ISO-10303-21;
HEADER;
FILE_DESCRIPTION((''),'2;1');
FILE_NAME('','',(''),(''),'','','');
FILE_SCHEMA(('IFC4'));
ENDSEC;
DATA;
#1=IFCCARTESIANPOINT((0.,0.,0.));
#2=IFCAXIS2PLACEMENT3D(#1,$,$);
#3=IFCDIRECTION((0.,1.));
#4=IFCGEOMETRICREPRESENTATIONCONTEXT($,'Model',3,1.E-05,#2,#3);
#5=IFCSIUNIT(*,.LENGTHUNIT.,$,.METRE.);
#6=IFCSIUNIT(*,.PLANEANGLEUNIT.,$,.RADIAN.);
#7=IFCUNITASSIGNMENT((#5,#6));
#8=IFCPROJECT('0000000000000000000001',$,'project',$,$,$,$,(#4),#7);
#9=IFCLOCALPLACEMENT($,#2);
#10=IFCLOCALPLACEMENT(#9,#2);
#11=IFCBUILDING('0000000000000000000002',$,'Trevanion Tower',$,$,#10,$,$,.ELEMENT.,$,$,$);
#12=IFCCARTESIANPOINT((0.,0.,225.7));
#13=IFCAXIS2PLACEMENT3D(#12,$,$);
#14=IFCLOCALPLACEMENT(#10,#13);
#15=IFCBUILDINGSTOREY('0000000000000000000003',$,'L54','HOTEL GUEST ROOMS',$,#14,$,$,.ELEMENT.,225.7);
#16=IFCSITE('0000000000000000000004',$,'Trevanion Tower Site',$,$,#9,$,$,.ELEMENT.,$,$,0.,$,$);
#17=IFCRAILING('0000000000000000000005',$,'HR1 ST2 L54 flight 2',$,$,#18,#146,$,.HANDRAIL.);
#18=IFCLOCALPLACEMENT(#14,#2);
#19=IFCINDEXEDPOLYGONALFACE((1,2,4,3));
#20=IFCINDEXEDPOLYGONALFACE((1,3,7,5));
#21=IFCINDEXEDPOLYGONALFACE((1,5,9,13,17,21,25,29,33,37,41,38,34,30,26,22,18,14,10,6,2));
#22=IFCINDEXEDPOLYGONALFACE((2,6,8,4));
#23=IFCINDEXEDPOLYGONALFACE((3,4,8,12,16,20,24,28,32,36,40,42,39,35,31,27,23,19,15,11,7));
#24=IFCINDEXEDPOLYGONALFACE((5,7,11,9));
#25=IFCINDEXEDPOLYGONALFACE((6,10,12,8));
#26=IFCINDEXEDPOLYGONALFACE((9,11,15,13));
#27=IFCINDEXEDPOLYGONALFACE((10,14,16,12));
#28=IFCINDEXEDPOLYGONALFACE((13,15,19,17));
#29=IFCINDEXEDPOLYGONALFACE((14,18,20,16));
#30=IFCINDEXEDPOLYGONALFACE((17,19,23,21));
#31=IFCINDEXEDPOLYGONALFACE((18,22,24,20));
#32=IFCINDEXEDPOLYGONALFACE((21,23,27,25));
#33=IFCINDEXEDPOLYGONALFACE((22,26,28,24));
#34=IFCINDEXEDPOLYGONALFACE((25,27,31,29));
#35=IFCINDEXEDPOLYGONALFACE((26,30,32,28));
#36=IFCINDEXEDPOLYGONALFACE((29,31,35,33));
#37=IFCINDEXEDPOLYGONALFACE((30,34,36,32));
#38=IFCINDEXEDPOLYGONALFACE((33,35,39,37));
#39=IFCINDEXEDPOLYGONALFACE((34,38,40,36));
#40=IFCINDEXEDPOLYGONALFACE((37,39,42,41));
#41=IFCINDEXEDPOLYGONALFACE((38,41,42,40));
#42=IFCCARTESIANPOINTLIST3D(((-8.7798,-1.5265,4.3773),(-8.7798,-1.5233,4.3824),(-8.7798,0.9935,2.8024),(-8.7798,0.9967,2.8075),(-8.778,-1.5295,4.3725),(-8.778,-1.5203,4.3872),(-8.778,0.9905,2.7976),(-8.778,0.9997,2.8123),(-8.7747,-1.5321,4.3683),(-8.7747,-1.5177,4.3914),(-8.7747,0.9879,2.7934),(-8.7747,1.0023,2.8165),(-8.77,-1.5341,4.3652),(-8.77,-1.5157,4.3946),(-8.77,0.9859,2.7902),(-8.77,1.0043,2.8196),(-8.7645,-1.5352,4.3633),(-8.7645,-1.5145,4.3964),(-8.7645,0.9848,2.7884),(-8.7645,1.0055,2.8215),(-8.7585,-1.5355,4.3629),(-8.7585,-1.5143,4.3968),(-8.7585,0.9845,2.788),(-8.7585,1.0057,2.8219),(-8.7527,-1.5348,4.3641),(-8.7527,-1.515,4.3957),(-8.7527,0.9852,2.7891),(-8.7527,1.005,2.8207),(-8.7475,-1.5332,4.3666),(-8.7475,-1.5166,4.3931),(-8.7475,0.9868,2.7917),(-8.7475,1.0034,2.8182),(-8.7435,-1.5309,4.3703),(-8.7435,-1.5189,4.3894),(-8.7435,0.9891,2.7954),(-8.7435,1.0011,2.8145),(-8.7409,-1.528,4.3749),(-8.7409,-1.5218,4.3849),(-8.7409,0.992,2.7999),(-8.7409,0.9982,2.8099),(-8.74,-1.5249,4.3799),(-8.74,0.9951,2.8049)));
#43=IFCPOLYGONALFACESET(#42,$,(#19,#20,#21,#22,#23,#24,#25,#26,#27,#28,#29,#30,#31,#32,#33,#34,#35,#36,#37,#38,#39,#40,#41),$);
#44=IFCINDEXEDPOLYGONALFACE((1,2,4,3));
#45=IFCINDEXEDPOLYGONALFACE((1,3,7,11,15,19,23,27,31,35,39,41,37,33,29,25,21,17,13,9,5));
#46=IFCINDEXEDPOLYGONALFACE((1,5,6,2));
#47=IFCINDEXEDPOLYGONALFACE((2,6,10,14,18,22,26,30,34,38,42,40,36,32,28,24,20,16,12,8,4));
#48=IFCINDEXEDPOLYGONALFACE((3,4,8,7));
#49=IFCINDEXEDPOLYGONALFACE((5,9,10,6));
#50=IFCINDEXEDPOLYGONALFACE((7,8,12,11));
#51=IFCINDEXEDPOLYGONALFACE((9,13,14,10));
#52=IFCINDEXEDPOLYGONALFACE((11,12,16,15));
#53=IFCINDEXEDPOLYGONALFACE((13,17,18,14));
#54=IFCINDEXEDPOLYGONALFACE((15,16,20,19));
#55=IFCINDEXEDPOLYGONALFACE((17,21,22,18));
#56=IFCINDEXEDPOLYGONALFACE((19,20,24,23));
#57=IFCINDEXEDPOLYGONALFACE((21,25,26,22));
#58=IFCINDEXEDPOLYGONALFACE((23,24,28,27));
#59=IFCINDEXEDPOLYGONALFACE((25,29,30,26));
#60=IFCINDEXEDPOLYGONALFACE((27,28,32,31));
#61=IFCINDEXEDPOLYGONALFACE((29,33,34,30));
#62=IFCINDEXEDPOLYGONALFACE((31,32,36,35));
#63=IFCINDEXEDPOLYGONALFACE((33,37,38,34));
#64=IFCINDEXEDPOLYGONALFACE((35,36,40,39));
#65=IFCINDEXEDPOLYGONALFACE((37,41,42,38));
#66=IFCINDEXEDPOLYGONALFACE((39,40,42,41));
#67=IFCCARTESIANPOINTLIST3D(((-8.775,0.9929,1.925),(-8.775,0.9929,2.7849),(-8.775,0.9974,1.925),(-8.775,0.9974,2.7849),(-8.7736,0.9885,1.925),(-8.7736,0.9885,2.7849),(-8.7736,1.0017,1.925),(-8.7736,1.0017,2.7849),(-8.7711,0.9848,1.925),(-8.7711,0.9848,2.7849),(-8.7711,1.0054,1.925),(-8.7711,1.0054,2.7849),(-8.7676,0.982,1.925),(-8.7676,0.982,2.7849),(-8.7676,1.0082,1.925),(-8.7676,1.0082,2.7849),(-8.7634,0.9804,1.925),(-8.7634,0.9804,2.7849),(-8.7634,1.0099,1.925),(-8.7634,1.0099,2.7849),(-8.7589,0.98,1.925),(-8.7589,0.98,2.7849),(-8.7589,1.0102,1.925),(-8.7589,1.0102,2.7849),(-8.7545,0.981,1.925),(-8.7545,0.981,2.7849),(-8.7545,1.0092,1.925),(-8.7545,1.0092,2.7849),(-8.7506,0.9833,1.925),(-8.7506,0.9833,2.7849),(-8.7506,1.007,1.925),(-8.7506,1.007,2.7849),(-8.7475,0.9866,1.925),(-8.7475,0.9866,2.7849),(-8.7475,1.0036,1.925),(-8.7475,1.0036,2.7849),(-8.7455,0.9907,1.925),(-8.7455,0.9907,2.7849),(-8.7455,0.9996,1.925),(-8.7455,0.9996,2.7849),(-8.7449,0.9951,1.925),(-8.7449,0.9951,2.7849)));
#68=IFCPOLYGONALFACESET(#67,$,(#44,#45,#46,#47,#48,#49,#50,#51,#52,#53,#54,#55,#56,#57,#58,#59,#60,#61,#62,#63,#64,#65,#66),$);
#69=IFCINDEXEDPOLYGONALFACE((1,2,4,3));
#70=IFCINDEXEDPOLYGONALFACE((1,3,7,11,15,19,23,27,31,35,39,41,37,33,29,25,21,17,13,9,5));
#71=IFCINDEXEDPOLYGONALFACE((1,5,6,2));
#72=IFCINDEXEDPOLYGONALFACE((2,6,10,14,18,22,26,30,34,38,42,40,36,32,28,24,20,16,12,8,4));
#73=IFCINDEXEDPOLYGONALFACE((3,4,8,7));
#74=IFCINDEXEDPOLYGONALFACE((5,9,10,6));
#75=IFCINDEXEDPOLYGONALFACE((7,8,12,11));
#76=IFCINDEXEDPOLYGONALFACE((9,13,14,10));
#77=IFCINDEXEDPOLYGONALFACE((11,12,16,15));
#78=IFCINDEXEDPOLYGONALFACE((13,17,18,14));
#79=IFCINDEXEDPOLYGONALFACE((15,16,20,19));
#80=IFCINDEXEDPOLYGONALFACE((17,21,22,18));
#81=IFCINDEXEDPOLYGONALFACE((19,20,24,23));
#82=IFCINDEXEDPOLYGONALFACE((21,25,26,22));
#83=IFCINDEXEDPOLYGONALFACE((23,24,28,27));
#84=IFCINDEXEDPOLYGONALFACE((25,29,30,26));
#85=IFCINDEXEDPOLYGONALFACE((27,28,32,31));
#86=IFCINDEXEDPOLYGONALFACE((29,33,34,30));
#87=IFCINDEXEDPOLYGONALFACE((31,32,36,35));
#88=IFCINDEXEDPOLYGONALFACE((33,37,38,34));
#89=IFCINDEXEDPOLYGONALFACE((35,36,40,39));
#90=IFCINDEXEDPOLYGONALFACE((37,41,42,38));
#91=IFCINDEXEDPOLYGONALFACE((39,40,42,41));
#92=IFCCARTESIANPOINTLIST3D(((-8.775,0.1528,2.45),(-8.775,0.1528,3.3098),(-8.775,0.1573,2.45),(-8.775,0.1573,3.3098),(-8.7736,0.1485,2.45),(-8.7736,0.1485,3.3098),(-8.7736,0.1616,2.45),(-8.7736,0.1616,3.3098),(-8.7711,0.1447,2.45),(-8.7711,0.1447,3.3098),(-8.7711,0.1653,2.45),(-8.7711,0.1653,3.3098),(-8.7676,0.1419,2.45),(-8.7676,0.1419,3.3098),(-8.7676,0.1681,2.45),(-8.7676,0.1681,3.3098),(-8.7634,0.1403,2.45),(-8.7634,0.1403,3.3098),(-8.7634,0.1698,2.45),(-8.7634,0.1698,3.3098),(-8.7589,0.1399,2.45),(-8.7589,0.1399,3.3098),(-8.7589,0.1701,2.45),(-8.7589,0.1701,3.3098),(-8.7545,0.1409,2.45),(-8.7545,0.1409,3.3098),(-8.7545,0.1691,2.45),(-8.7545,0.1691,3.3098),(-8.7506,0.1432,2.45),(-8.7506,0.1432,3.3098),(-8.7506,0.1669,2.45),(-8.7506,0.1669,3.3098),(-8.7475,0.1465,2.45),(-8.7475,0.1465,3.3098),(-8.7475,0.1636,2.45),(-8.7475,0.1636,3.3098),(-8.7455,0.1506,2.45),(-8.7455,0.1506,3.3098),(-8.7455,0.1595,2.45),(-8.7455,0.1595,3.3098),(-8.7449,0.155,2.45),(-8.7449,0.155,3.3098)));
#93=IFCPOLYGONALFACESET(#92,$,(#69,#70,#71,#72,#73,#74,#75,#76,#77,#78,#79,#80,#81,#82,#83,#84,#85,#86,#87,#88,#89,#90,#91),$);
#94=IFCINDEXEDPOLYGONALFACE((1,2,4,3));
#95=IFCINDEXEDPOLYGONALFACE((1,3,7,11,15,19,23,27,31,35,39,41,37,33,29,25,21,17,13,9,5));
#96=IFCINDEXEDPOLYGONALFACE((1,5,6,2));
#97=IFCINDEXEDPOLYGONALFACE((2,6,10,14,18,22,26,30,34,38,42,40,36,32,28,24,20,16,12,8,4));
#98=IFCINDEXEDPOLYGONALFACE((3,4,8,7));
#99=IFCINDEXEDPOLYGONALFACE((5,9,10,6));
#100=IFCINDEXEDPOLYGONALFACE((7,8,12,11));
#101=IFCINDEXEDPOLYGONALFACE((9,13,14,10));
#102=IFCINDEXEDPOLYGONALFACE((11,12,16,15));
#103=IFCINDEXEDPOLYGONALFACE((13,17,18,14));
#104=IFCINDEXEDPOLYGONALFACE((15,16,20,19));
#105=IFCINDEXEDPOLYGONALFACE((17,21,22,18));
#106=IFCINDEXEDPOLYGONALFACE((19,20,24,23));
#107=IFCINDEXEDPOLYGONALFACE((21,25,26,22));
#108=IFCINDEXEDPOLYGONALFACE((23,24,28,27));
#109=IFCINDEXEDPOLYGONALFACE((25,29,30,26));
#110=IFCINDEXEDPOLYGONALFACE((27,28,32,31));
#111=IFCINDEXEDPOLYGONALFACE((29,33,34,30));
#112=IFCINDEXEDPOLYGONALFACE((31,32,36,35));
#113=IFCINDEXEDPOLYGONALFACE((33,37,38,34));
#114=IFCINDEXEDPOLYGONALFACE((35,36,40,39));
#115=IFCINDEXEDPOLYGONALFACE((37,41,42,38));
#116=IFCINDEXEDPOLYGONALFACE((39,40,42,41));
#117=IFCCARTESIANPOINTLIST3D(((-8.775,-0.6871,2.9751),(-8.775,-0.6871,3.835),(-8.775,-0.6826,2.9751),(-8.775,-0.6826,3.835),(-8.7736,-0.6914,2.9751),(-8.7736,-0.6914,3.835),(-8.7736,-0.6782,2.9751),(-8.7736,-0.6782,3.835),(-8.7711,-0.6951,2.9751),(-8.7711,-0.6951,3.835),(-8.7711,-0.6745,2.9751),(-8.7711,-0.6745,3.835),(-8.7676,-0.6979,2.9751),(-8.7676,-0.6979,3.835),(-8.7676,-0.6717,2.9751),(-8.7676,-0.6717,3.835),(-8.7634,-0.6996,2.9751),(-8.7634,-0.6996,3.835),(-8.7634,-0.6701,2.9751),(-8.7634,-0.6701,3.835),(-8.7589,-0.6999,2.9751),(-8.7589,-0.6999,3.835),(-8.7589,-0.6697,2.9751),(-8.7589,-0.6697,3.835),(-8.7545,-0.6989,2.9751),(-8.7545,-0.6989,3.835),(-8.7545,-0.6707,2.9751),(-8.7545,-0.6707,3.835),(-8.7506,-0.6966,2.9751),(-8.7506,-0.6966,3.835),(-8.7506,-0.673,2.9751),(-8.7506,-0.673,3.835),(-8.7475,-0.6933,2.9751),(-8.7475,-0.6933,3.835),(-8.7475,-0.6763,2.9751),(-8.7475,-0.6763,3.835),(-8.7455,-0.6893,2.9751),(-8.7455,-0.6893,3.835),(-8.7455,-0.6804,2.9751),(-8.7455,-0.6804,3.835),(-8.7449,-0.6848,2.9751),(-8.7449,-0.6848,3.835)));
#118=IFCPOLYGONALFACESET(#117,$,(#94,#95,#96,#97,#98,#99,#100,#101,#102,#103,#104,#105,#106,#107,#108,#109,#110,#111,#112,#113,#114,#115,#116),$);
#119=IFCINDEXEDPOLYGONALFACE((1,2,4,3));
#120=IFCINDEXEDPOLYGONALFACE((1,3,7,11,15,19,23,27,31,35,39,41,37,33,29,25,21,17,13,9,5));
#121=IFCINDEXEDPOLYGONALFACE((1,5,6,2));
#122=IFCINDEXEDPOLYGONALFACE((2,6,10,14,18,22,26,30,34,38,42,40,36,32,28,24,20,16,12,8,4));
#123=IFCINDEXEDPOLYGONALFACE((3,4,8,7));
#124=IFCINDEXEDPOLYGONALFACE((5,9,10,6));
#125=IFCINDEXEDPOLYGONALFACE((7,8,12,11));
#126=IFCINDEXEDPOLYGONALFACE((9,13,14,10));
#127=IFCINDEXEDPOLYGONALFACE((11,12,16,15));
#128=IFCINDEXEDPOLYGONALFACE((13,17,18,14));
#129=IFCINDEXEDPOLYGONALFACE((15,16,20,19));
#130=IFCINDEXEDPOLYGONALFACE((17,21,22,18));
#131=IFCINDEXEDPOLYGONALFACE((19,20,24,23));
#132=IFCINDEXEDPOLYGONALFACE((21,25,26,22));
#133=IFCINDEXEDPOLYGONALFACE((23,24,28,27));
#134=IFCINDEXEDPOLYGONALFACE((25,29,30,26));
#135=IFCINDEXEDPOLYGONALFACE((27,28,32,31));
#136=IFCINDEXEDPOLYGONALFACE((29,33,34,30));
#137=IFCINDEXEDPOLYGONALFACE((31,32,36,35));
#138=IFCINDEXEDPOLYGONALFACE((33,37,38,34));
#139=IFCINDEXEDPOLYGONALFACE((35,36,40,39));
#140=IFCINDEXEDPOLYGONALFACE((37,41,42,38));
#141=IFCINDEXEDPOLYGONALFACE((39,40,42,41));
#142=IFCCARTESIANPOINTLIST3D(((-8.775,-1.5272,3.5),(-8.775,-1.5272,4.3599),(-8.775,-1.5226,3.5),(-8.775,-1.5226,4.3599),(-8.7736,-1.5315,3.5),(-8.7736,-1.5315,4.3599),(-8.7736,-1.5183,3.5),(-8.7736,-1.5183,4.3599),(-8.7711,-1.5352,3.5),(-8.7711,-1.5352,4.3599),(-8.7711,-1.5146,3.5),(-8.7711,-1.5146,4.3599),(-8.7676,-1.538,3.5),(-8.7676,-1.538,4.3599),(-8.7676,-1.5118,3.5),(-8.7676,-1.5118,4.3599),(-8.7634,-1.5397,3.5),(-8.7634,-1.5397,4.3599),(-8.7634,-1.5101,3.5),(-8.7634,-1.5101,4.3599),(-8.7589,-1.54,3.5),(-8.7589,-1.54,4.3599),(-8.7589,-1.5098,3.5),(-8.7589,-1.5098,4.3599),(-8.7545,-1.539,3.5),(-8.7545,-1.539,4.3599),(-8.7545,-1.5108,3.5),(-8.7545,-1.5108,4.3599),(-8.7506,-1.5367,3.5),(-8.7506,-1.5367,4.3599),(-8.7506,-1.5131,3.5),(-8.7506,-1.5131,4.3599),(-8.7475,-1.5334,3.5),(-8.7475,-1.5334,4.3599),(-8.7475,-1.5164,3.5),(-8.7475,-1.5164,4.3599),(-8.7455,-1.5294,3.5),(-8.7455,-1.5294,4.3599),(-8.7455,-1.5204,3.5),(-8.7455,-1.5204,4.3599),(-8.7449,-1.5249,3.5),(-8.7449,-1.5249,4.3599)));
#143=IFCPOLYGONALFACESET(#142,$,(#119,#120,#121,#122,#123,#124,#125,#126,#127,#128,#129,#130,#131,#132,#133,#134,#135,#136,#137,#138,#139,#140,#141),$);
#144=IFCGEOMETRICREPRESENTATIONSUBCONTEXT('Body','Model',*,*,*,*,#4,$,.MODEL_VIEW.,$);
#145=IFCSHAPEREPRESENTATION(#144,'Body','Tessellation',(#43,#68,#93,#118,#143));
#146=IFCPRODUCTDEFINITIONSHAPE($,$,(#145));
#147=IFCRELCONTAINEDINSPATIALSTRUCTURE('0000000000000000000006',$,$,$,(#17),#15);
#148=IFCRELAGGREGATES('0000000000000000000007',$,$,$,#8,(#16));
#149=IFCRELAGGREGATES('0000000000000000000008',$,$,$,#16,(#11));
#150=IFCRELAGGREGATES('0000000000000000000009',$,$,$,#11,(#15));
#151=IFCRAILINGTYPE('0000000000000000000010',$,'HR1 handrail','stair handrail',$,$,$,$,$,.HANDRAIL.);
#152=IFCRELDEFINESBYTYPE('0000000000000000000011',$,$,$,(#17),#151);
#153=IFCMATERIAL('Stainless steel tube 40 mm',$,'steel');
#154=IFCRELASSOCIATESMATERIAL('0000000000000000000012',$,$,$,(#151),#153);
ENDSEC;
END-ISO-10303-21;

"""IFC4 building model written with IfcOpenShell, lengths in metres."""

from ifc_helpers import new_model, si_unit, direction, frame, origin, origin_2d, place, context, subcontext, project, spatial, circle, extrude, material, type_object, element, save


model = new_model("IFC4")

# Units and contexts
model_context = context("Model", 3, precision=1e-05, world=origin(), true_north=direction((0.0, 1.0)))
body_context = subcontext(model_context, "Body", "Model", "MODEL_VIEW")
ifc_project = project(units=[si_unit("LENGTHUNIT", "METRE"), si_unit("PLANEANGLEUNIT", "RADIAN")], contexts=[model_context])

# Site, building, storey
site_placement = place(None, origin())
site = spatial("IfcSite", under=ifc_project, at=site_placement, Name="Trevanion Tower Site", CompositionType="ELEMENT", RefElevation=0.0)
building_placement = place(site_placement, origin())
building = spatial("IfcBuilding", under=site, at=building_placement, Name="Trevanion Tower", CompositionType="ELEMENT")
storey_placement = place(building_placement, frame((0.0, 0.0, 225.7)))
storey = spatial("IfcBuildingStorey", under=building, at=storey_placement, Name="L54", Description="HOTEL GUEST ROOMS", CompositionType="ELEMENT", Elevation=225.7)

# Railing
ifc_material_1 = material(Name="Stainless steel tube 40 mm", Category="steel")
railing_type = type_object("IfcRailingType", Name="HR1 handrail", Description="stair handrail", PredefinedType="HANDRAIL", material=ifc_material_1)
for number, where, name in (
    (1, (-8.76, 0.9951, 1.925), "HR1 ST2 L54 flight 2"),
):
    element("IfcRailing", number, at=place(storey_placement, frame(where)), inside=storey, type_object=railing_type, Name=name, PredefinedType="HANDRAIL", context=body_context, shape_type="SweptSolid", body=[
        extrude(circle(Radius=0.02, at=origin_2d()), frame((0.0, 0.0, 0.8799), z_axis=(0.0, -0.848008, 0.529984), x_axis=(1.0, 0.0, 0.0)), (0.0, 0.0, 1.0), 2.9717),
        extrude(circle(Radius=0.0151, at=origin_2d()), origin(), (0.0, 0.0, 1.0), 0.8599),
        extrude(circle(Radius=0.0151, at=origin_2d()), frame((0.0, -0.8401, 0.5249)), (0.0, 0.0, 1.0), 0.8599),
        extrude(circle(Radius=0.0151, at=origin_2d()), frame((0.0, -1.6799, 1.05)), (0.0, 0.0, 1.0), 0.8599),
        extrude(circle(Radius=0.0151, at=origin_2d()), frame((0.0, -2.52, 1.575)), (0.0, 0.0, 1.0), 0.8599),
    ])

save(model, "model.ifc")
